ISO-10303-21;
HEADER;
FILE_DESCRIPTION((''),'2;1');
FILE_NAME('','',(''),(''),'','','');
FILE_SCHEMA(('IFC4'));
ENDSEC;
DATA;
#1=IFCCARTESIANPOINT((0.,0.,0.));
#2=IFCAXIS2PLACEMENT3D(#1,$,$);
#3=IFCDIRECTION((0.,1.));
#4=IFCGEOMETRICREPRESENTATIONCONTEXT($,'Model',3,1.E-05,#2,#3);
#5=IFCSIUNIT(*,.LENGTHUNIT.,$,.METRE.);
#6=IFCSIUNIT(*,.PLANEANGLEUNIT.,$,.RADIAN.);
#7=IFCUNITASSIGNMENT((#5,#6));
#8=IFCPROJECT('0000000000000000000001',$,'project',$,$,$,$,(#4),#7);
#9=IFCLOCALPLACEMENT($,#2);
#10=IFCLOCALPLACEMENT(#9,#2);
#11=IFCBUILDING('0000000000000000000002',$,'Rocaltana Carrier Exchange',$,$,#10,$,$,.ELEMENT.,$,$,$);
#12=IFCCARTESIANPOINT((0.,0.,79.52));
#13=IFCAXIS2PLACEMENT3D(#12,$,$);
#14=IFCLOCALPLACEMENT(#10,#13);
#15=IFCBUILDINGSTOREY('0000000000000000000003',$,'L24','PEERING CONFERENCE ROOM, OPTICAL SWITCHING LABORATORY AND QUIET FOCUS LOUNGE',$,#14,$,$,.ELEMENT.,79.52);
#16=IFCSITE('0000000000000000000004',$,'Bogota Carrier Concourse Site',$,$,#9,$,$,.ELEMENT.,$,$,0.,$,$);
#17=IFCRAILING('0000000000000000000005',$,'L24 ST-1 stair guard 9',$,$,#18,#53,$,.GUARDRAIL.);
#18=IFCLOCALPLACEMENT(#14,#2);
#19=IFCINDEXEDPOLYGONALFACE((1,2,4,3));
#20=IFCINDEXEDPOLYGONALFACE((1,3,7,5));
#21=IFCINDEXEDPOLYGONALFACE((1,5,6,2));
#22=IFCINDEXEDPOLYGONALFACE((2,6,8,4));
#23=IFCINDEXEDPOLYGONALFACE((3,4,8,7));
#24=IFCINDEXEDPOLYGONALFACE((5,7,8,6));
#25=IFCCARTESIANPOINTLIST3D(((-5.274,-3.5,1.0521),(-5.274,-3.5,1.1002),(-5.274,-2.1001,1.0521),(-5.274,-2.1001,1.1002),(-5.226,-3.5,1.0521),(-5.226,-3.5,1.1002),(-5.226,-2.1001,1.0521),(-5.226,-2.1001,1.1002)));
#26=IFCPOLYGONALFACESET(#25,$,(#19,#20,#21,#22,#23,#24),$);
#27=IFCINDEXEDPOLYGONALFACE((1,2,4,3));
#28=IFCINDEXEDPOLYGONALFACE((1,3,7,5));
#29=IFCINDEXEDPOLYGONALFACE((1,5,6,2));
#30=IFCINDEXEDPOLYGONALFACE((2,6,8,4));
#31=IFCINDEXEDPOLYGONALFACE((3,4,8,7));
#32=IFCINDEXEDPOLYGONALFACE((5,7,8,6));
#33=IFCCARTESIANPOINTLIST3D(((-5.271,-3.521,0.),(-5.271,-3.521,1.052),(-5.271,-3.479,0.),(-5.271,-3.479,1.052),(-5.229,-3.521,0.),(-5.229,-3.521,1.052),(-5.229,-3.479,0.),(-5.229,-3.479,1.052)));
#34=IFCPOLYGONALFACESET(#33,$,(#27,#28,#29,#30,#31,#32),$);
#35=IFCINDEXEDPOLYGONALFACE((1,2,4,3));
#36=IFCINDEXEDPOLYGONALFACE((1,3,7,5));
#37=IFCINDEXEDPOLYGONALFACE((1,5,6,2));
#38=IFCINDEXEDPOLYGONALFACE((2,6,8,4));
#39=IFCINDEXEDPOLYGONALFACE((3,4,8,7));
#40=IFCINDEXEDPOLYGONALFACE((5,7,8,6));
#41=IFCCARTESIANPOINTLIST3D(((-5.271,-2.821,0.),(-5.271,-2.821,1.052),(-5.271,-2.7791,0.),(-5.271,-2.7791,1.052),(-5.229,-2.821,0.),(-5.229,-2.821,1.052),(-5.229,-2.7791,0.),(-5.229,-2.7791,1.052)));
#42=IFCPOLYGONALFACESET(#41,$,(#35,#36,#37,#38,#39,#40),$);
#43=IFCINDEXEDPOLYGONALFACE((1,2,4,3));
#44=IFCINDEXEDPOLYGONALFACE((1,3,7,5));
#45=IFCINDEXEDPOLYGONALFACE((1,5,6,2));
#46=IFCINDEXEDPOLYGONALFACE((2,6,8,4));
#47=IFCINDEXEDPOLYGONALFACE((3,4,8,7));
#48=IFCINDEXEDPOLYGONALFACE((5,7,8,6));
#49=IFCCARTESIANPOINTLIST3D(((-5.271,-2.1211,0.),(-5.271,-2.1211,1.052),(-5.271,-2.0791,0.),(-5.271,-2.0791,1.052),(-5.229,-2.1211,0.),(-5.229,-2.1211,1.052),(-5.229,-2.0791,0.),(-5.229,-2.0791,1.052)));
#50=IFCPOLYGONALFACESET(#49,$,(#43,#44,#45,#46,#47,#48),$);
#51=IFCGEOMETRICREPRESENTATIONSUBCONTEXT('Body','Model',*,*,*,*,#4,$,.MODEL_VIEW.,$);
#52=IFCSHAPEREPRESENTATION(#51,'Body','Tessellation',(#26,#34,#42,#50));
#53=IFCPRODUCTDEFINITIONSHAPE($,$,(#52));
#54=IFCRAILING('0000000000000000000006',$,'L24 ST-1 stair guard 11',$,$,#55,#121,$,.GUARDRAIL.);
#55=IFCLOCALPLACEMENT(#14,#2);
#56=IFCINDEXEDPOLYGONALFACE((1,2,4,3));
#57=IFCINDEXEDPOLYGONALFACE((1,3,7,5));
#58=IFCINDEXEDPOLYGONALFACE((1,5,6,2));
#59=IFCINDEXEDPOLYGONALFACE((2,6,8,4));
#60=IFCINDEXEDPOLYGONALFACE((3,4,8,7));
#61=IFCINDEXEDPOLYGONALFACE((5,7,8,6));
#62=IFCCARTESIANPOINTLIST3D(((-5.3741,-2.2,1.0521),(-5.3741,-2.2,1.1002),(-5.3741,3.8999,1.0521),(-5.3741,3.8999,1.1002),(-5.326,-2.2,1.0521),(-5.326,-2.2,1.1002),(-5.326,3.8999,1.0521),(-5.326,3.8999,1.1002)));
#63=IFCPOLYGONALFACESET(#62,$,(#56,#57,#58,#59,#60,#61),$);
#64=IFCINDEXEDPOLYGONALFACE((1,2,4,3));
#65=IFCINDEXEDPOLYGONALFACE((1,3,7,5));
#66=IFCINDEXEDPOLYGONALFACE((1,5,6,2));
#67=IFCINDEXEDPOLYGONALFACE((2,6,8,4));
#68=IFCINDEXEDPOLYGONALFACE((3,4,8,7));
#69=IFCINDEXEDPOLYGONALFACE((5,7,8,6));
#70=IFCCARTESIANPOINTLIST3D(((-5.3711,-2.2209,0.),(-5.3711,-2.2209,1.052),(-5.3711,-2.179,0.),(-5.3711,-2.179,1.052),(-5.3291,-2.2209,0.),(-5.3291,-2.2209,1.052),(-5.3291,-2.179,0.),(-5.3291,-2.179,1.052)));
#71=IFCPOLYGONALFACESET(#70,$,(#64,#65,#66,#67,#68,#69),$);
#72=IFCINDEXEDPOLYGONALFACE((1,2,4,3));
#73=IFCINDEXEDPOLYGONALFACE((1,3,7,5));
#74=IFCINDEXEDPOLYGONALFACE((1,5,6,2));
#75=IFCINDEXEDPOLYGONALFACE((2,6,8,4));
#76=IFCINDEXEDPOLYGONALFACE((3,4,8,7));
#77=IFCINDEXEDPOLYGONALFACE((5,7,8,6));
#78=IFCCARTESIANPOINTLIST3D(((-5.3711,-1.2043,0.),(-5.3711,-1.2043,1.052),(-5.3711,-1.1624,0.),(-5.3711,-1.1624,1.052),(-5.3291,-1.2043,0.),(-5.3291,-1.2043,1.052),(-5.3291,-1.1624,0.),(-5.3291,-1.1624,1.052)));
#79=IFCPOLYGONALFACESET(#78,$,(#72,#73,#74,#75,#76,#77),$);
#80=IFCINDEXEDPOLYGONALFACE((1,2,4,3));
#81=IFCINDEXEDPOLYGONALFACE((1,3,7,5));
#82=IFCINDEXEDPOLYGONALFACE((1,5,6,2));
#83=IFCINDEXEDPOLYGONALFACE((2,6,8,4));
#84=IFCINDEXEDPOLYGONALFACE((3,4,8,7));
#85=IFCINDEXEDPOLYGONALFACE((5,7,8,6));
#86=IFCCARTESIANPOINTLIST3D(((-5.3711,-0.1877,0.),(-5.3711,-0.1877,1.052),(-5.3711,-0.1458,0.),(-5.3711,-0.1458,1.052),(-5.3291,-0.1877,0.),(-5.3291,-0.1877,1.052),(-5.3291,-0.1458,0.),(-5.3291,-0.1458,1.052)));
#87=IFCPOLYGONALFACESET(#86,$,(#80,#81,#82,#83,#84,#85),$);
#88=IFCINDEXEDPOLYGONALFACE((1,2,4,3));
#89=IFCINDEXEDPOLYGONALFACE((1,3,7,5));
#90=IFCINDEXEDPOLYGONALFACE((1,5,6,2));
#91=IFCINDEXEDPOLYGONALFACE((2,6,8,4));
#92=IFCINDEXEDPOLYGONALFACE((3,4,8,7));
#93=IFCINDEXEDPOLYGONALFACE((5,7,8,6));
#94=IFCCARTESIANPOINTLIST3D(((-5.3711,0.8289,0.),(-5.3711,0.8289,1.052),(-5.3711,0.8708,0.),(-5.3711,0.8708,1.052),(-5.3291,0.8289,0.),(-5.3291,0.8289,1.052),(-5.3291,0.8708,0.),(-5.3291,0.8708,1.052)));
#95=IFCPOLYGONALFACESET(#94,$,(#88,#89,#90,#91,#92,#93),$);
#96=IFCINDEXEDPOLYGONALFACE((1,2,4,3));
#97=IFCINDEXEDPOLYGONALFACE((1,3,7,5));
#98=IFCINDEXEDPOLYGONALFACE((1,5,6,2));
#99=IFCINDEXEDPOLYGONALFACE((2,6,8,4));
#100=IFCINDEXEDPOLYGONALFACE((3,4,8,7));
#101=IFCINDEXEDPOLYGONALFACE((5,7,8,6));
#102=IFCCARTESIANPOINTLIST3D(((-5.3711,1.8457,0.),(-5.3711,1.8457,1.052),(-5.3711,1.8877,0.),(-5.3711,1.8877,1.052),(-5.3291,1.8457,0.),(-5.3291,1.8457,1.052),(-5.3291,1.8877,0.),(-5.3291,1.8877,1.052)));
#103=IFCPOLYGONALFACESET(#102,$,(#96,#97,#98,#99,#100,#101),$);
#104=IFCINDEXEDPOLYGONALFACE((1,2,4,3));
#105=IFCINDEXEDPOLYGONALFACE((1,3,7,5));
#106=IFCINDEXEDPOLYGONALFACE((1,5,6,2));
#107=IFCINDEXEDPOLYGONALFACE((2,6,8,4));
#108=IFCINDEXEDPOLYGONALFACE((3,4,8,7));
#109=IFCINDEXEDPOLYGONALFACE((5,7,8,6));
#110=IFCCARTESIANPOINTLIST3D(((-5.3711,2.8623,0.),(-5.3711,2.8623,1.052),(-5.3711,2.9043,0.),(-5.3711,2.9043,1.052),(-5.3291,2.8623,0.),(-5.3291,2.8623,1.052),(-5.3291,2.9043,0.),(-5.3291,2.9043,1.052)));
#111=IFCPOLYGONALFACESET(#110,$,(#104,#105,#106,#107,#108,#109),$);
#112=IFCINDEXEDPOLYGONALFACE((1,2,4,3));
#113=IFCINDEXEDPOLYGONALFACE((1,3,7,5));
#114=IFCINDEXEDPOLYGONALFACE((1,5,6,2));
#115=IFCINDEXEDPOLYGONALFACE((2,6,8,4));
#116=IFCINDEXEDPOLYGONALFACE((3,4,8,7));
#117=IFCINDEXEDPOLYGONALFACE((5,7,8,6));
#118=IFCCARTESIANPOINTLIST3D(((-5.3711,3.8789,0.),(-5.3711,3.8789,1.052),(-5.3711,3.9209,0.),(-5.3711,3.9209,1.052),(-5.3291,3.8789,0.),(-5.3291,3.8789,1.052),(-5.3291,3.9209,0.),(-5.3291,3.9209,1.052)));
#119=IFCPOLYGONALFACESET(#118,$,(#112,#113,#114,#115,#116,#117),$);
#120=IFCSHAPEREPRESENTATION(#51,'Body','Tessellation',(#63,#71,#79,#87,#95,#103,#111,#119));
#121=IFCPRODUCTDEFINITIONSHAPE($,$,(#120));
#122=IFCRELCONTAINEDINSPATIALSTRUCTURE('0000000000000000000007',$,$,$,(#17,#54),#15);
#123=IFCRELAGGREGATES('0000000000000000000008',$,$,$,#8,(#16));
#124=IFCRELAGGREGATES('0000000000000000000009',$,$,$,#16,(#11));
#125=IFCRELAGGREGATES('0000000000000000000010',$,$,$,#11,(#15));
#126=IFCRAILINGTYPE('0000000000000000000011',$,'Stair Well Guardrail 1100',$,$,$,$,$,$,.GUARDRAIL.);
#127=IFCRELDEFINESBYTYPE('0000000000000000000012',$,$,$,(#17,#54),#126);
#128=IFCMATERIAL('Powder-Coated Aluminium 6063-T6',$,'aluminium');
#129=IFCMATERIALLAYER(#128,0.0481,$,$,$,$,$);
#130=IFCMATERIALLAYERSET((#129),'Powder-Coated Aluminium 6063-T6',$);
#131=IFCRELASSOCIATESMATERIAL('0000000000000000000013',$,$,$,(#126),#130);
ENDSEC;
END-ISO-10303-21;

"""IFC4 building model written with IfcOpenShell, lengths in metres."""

from ifc_helpers import new_model, si_unit, direction, frame, origin, origin_2d, place, context, subcontext, project, spatial, rectangle, extrude, material, layer, layer_set, type_object, element, save


model = new_model("IFC4")

# Units and contexts
model_context = context("Model", 3, precision=1e-05, world=origin(), true_north=direction((0.0, 1.0)))
body_context = subcontext(model_context, "Body", "Model", "MODEL_VIEW")
ifc_project = project(units=[si_unit("LENGTHUNIT", "METRE"), si_unit("PLANEANGLEUNIT", "RADIAN")], contexts=[model_context])

# Site, building, storey
site_placement = place(None, origin())
site = spatial("IfcSite", under=ifc_project, at=site_placement, Name="Bogota Carrier Concourse Site", CompositionType="ELEMENT", RefElevation=0.0)
building_placement = place(site_placement, origin())
building = spatial("IfcBuilding", under=site, at=building_placement, Name="Rocaltana Carrier Exchange", CompositionType="ELEMENT")
storey_placement = place(building_placement, frame((0.0, 0.0, 79.52)))
storey = spatial("IfcBuildingStorey", under=building, at=storey_placement, Name="L24", Description="PEERING CONFERENCE ROOM, OPTICAL SWITCHING LABORATORY AND QUIET FOCUS LOUNGE", CompositionType="ELEMENT", Elevation=79.52)

# Railings
ifc_material_1 = material(Name="Powder-Coated Aluminium 6063-T6", Category="aluminium")
ifc_layer_1 = layer(ifc_material_1, 0.0481)
ifc_layer_set_1 = layer_set([ifc_layer_1], Name="Powder-Coated Aluminium 6063-T6")
railing_type_1 = type_object("IfcRailingType", Name="Stair Well Guardrail 1100", PredefinedType="GUARDRAIL", material=ifc_layer_set_1)
for number, where, name in (
    (1, (-5.25, -3.5, 0.0), "L24 ST-1 stair guard 9"),
):
    element("IfcRailing", number, at=place(storey_placement, frame(where)), inside=storey, type_object=railing_type_1, Name=name, PredefinedType="GUARDRAIL", context=body_context, shape_type="SweptSolid", body=[
        extrude(rectangle(XDim=0.0481, YDim=0.0481, at=origin_2d()), frame((0.0, 0.0, 1.0762), z_axis=(0.0, 1.0, 0.0), x_axis=(-1.0, 0.0, 0.0)), (0.0, 0.0, 1.0), 1.3999),
        extrude(rectangle(XDim=0.042, YDim=0.042, at=origin_2d()), origin(), (0.0, 0.0, 1.0), 1.052),
        extrude(rectangle(XDim=0.042, YDim=0.042, at=origin_2d()), frame((0.0, 0.7, 0.0)), (0.0, 0.0, 1.0), 1.052),
        extrude(rectangle(XDim=0.042, YDim=0.042, at=origin_2d()), frame((0.0, 1.3999, 0.0)), (0.0, 0.0, 1.0), 1.052),
    ])
railing_1_placement = place(storey_placement, frame((-5.3501, -2.2, 0.0)))
element("IfcRailing", 2, at=railing_1_placement, inside=storey, type_object=railing_type_1, Name="L24 ST-1 stair guard 11", PredefinedType="GUARDRAIL", context=body_context, shape_type="SweptSolid", body=[
    extrude(rectangle(XDim=0.0481, YDim=0.0481, at=origin_2d()), frame((0.0, 0.0, 1.0762), z_axis=(0.0, 1.0, 0.0), x_axis=(-1.0, 0.0, 0.0)), (0.0, 0.0, 1.0), 6.0999),
    extrude(rectangle(XDim=0.042, YDim=0.042, at=origin_2d()), origin(), (0.0, 0.0, 1.0), 1.052),
    extrude(rectangle(XDim=0.042, YDim=0.042, at=origin_2d()), frame((0.0, 1.0166, 0.0)), (0.0, 0.0, 1.0), 1.052),
    extrude(rectangle(XDim=0.042, YDim=0.042, at=origin_2d()), frame((0.0, 2.0332, 0.0)), (0.0, 0.0, 1.0), 1.052),
    extrude(rectangle(XDim=0.042, YDim=0.042, at=origin_2d()), frame((0.0, 3.0498, 0.0)), (0.0, 0.0, 1.0), 1.052),
    extrude(rectangle(XDim=0.042, YDim=0.042, at=origin_2d()), frame((0.0, 4.0667, 0.0)), (0.0, 0.0, 1.0), 1.052),
    extrude(rectangle(XDim=0.042, YDim=0.042, at=origin_2d()), frame((0.0, 5.0833, 0.0)), (0.0, 0.0, 1.0), 1.052),
    extrude(rectangle(XDim=0.042, YDim=0.042, at=origin_2d()), frame((0.0, 6.0999, 0.0)), (0.0, 0.0, 1.0), 1.052),
])

save(model, "model.ifc")
